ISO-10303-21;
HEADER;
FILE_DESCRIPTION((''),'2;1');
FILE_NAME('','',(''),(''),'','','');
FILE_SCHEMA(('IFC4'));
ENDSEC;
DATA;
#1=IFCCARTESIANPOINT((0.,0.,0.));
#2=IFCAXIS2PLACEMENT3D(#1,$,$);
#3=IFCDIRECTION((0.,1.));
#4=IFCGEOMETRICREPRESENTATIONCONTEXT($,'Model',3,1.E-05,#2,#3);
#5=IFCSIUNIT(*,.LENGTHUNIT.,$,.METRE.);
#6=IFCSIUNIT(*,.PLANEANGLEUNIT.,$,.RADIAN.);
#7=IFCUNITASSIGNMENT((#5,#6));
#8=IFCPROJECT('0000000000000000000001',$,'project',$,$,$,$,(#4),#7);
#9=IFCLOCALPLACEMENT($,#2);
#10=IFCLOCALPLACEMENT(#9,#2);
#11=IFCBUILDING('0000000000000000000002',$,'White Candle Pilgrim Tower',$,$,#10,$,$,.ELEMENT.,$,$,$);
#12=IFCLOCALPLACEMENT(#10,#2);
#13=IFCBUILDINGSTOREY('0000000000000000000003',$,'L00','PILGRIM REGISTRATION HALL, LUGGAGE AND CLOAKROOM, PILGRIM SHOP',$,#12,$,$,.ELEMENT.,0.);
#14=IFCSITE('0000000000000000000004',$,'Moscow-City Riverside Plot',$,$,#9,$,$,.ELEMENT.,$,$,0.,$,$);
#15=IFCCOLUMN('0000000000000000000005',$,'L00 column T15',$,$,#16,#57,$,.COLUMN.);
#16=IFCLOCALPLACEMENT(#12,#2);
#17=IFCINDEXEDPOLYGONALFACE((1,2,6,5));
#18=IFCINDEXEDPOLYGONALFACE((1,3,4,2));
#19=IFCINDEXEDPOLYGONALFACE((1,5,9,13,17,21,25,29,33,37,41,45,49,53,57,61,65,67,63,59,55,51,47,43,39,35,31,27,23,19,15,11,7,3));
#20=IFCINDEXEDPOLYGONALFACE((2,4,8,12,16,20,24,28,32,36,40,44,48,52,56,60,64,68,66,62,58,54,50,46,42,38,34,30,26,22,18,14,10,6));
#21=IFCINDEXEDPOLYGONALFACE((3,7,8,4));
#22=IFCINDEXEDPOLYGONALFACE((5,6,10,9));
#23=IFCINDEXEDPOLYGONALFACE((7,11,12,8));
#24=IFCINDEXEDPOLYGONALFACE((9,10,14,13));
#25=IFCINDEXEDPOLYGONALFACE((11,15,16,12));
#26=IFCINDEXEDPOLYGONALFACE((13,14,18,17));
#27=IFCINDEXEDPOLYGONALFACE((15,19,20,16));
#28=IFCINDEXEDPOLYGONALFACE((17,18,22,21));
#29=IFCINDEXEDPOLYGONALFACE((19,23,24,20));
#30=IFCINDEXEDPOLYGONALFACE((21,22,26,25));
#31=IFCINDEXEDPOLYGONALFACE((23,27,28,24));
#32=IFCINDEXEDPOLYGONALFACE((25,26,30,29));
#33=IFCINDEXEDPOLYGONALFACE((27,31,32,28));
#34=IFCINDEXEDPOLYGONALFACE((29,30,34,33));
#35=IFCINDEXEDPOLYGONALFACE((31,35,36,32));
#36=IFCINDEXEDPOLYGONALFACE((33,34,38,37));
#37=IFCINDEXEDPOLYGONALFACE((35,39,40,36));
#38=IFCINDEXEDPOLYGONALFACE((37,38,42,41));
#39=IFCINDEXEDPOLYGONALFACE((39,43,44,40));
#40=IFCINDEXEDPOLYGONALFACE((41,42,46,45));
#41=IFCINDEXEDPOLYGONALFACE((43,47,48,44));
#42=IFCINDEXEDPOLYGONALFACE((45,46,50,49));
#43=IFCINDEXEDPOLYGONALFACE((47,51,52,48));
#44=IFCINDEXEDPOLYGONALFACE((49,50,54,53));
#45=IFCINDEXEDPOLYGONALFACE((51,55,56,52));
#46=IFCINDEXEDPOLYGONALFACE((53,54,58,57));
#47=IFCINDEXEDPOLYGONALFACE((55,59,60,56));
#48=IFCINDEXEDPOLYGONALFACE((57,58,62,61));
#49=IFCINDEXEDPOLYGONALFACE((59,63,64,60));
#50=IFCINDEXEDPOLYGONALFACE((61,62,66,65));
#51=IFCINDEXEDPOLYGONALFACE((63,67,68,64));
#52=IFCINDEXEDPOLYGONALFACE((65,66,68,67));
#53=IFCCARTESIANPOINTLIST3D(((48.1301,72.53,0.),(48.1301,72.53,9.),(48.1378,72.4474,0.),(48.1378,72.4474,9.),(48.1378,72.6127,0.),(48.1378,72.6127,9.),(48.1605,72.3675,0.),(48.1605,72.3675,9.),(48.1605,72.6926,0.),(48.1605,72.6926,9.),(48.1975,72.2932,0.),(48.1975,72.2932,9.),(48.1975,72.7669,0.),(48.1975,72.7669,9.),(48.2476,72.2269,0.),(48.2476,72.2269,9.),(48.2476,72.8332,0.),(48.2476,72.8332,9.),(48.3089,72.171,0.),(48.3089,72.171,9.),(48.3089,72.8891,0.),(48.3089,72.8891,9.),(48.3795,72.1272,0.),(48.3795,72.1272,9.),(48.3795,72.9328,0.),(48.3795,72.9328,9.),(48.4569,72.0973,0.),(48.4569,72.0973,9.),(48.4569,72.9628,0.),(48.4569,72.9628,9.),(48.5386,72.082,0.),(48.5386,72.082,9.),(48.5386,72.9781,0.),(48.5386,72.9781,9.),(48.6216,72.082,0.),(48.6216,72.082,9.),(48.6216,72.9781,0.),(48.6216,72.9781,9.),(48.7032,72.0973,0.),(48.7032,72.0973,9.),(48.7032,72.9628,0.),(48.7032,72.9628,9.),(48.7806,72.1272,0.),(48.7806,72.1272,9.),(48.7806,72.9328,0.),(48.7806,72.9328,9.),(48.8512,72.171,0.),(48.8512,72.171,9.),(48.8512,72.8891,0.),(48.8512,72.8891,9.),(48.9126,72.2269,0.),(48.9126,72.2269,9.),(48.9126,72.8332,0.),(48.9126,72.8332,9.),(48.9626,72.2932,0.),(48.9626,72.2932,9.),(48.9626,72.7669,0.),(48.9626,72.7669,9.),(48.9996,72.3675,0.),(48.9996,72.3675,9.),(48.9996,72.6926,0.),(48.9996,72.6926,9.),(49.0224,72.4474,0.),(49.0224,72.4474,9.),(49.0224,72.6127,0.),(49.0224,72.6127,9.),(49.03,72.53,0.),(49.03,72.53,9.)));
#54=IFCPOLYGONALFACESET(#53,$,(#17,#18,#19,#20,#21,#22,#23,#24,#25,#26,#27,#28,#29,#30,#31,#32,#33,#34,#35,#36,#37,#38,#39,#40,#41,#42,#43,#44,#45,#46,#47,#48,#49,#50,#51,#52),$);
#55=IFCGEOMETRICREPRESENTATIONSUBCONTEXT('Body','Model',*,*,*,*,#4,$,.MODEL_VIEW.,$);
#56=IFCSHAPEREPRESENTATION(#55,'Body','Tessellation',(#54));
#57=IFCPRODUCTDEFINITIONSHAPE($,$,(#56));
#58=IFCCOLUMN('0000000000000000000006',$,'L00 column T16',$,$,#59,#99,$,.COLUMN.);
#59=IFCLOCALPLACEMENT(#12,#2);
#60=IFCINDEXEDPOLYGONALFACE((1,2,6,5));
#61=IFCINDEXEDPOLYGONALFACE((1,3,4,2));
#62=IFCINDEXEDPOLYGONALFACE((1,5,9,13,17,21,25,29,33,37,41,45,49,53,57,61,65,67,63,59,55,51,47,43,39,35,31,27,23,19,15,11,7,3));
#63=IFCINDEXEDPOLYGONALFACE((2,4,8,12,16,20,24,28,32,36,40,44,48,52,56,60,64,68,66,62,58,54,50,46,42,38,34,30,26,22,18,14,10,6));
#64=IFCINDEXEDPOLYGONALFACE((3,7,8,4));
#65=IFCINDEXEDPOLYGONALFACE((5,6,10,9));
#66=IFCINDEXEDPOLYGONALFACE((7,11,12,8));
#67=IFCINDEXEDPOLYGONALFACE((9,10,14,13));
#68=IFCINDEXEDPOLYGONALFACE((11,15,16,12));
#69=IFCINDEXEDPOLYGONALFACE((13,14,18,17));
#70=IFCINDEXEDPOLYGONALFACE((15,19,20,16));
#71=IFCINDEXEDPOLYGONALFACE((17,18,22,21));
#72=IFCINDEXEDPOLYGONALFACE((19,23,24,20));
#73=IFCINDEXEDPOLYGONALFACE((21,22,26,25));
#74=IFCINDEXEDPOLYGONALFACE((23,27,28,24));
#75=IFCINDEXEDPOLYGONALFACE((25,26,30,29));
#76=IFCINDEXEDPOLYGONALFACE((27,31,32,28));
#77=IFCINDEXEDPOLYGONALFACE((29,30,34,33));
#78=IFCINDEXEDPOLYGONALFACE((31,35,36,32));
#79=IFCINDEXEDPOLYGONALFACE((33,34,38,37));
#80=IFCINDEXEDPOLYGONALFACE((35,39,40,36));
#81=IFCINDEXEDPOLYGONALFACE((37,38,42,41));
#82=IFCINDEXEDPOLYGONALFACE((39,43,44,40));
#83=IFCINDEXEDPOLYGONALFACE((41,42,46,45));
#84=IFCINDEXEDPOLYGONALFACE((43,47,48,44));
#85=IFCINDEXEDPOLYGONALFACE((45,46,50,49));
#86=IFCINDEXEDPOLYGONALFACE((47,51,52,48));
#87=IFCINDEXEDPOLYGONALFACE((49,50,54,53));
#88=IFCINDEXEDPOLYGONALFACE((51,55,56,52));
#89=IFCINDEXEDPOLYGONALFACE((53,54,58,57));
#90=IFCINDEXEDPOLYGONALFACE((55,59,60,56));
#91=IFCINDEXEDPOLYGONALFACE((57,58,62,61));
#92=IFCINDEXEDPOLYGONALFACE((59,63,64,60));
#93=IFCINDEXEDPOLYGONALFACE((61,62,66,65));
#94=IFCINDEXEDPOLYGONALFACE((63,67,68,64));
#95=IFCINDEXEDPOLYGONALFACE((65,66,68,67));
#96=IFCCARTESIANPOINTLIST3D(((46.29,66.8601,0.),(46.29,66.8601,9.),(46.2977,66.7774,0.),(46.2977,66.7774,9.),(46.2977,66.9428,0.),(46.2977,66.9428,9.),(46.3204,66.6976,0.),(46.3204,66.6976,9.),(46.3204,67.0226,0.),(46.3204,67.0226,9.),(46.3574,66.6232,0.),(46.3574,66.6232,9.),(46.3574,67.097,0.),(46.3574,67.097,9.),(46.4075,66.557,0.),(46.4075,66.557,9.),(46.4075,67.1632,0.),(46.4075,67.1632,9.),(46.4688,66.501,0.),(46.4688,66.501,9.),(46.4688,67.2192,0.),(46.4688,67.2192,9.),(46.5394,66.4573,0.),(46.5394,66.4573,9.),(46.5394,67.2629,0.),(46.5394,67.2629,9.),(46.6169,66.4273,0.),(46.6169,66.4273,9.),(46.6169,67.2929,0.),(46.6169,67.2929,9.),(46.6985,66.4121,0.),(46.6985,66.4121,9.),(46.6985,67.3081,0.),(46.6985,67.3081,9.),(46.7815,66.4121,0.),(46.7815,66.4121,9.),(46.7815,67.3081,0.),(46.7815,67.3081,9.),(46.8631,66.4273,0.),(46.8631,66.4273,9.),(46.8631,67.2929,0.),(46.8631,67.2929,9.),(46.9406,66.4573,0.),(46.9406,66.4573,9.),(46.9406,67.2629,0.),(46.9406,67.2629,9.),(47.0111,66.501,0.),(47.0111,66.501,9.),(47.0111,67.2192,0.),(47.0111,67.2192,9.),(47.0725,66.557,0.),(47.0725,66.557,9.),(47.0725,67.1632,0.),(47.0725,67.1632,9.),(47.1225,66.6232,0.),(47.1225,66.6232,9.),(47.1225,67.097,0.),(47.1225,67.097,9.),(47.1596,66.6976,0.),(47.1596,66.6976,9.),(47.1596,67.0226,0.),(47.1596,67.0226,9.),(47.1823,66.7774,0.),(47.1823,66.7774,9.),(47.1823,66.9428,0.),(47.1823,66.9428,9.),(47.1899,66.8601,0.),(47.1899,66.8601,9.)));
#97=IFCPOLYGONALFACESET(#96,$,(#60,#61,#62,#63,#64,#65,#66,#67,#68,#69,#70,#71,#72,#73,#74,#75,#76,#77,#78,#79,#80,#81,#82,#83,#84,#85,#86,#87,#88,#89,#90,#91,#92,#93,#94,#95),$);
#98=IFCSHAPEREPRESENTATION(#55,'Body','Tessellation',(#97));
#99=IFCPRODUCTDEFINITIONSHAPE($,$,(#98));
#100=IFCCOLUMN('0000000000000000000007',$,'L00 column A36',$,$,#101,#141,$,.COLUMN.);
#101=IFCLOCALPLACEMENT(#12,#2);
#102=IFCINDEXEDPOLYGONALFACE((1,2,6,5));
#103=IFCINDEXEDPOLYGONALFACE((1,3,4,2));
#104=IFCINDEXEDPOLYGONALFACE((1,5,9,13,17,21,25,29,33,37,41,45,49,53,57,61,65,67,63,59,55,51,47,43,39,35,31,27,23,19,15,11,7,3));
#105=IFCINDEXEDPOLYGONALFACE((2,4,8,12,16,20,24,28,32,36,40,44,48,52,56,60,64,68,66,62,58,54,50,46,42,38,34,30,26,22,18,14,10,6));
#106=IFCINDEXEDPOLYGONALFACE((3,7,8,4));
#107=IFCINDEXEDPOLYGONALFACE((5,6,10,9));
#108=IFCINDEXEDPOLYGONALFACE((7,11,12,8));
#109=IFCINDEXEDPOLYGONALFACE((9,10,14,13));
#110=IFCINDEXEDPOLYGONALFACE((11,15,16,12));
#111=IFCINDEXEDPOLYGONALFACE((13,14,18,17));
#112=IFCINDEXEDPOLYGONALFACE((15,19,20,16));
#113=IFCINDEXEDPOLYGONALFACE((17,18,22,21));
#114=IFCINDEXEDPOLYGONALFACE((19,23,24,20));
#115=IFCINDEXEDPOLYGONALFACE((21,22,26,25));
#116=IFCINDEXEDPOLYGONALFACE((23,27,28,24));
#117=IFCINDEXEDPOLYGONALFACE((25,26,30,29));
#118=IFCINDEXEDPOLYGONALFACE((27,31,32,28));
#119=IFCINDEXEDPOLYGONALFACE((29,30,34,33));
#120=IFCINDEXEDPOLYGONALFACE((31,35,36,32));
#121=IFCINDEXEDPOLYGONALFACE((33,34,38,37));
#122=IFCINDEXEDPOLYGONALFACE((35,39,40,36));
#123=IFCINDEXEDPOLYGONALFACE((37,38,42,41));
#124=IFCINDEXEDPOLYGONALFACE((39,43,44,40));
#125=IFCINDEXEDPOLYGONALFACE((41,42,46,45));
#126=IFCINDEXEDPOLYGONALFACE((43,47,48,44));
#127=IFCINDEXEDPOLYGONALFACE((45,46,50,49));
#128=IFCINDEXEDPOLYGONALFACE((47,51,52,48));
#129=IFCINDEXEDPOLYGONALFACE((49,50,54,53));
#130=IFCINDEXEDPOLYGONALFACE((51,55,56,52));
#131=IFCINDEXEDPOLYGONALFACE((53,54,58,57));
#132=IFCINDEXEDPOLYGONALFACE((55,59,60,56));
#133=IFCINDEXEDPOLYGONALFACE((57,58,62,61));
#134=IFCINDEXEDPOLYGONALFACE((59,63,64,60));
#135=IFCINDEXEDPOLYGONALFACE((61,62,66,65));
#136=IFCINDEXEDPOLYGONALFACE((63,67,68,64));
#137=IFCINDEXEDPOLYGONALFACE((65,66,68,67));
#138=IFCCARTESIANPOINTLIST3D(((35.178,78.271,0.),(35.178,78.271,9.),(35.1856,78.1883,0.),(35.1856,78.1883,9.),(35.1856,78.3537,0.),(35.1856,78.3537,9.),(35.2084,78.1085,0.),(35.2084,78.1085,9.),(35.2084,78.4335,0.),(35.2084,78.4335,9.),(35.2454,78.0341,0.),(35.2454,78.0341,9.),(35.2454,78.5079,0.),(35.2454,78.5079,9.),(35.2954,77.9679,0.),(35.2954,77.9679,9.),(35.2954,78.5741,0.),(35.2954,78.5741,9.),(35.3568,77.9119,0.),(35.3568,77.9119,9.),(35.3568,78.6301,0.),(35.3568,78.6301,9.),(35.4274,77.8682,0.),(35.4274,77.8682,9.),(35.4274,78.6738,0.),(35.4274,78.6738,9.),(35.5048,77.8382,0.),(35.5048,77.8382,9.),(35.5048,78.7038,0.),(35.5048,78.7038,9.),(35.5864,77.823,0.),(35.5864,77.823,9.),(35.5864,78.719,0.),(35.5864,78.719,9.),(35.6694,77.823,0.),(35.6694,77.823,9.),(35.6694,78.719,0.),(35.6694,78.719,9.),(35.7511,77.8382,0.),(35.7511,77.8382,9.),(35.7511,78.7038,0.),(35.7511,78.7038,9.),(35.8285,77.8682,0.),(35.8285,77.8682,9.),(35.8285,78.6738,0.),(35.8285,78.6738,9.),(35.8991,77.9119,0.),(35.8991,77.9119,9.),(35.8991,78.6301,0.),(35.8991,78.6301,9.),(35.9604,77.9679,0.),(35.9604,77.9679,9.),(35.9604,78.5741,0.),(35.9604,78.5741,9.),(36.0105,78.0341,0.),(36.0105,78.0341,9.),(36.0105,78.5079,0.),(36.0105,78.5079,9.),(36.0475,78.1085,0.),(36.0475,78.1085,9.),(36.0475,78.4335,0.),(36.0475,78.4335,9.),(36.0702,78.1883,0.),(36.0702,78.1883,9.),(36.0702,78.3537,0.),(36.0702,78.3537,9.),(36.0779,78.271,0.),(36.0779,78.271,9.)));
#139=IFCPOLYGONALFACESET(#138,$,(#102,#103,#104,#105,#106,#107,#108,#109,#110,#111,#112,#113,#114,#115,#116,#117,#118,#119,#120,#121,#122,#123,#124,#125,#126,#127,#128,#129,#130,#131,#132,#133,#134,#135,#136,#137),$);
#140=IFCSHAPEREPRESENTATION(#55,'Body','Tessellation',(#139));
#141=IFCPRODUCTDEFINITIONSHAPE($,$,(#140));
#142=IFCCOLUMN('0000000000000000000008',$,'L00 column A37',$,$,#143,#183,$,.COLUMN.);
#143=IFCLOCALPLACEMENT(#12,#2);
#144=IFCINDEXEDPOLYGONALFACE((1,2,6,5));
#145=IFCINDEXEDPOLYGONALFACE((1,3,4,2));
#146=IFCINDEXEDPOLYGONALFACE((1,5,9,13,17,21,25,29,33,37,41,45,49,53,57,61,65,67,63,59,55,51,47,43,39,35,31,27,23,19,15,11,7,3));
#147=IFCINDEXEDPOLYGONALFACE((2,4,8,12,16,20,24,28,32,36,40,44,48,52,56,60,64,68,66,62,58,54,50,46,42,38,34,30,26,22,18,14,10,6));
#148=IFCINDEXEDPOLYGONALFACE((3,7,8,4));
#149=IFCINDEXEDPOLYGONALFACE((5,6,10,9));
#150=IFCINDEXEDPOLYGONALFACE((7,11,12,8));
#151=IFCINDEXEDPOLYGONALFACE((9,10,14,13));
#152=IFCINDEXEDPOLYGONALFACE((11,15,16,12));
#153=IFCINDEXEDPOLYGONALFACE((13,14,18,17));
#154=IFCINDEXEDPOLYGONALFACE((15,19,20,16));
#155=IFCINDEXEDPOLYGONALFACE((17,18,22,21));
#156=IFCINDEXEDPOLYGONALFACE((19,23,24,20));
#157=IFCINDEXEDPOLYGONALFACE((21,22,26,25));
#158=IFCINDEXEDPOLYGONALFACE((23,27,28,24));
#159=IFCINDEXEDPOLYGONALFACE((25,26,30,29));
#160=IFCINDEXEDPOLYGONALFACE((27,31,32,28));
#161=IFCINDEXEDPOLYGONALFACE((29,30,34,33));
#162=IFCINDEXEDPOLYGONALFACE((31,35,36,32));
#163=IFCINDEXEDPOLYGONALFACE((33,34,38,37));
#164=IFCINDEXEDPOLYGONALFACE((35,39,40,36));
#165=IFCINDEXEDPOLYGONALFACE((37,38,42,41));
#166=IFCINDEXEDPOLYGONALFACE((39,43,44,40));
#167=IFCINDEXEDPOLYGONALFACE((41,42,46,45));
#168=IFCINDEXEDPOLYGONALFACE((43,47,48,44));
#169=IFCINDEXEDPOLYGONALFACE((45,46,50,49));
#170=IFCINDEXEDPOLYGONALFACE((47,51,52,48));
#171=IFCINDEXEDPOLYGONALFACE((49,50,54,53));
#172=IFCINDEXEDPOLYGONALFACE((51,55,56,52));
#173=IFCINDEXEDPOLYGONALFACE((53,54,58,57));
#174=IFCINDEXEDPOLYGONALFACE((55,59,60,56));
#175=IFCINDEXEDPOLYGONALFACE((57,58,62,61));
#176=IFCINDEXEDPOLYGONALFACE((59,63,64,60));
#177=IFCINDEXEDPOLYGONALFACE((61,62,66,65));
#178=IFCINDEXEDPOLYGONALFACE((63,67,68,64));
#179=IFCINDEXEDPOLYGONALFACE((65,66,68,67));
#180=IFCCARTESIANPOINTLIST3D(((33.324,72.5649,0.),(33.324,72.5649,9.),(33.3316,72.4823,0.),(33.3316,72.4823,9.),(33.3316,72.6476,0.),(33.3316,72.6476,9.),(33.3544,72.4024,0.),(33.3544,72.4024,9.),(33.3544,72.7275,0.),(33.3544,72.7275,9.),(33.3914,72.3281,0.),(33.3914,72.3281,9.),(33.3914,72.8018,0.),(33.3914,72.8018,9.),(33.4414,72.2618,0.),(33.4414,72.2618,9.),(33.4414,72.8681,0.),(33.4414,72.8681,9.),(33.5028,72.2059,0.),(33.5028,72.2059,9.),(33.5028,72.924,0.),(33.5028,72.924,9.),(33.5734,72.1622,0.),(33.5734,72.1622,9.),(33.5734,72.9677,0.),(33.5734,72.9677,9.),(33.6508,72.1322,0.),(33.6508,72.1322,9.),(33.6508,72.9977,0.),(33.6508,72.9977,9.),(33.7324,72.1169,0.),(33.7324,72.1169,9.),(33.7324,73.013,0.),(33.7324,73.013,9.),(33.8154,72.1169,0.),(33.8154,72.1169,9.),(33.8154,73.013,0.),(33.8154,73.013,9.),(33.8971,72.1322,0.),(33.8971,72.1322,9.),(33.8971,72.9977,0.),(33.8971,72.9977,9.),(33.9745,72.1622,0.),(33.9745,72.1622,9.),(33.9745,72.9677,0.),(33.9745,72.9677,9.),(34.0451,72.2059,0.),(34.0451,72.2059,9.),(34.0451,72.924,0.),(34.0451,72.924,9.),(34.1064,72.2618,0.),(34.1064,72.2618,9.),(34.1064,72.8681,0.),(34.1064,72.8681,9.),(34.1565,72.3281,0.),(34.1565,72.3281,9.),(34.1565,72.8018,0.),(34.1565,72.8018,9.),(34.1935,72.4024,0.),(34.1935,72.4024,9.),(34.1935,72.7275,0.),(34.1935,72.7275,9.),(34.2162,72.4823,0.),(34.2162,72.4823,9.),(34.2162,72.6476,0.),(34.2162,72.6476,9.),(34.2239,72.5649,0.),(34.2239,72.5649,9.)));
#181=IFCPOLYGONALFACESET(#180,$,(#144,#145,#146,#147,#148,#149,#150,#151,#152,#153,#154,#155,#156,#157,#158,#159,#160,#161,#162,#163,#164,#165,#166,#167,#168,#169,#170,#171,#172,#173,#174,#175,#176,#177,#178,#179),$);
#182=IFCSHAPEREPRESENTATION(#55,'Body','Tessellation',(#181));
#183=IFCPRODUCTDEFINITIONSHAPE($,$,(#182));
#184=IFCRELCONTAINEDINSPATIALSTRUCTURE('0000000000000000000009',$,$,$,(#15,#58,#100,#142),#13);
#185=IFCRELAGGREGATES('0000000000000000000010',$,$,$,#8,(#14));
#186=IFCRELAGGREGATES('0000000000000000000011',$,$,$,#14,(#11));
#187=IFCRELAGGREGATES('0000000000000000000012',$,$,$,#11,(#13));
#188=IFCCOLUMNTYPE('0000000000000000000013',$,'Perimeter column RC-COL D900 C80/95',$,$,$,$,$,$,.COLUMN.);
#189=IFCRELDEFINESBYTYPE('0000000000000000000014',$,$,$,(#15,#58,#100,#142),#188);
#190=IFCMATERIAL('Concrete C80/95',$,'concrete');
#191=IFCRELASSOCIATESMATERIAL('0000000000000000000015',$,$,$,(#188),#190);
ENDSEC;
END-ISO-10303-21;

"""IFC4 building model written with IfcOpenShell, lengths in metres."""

from ifc_helpers import new_model, si_unit, direction, frame, origin, origin_2d, place, context, subcontext, project, spatial, circle, extrude, material, material_profile, profile_set, type_object, element, save


model = new_model("IFC4")

# Units and contexts
model_context = context("Model", 3, precision=1e-05, world=origin(), true_north=direction((0.0, 1.0)))
body_context = subcontext(model_context, "Body", "Model", "MODEL_VIEW")
ifc_project = project(units=[si_unit("LENGTHUNIT", "METRE"), si_unit("PLANEANGLEUNIT", "RADIAN")], contexts=[model_context])

# Site, building, storey
site_placement = place(None, origin())
site = spatial("IfcSite", under=ifc_project, at=site_placement, Name="Moscow-City Riverside Plot", CompositionType="ELEMENT", RefElevation=0.0)
building_placement = place(site_placement, origin())
building = spatial("IfcBuilding", under=site, at=building_placement, Name="White Candle Pilgrim Tower", CompositionType="ELEMENT")
storey_placement = place(building_placement, origin())
storey = spatial("IfcBuildingStorey", under=building, at=storey_placement, Name="L00", Description="PILGRIM REGISTRATION HALL, LUGGAGE AND CLOAKROOM, PILGRIM SHOP", CompositionType="ELEMENT", Elevation=0.0)

# Columns
ifc_material_1 = material(Name="Concrete C80/95", Category="concrete")
ifc_material_profile_1 = material_profile(ifc_material_1, circle(Radius=0.45, at=origin_2d()), Name="RC-COL D900")
ifc_profile_set_1 = profile_set([ifc_material_profile_1], Name="Concrete C80/95")
column_type = type_object("IfcColumnType", Name="Perimeter column RC-COL D900 C80/95", PredefinedType="COLUMN", material=ifc_profile_set_1)
for number, where, z_axis, x_axis, name in (
    (1, (48.5801, 72.53, 0.0), (0.0, 0.0, 1.0), (1.0, 0.0, 0.0), "L00 column T15"),
    (2, (46.74, 66.8601, 0.0), (0.0, 0.0, 1.0), (1.0, 0.0, 0.0), "L00 column T16"),
    (3, (35.6279, 78.271, 0.0), (0.0, 0.0, 1.0), (1.0, 0.0, 0.0), "L00 column A36"),
    (4, (33.7739, 72.5649, 0.0), (0.0, 0.0, 1.0), (1.0, 0.0, 0.0), "L00 column A37"),
):
    element("IfcColumn", number, at=place(storey_placement, frame(where, z_axis=z_axis, x_axis=x_axis)), inside=storey, type_object=column_type, Name=name, PredefinedType="COLUMN", context=body_context, shape_type="SweptSolid", body=[
        extrude(circle(Radius=0.45, at=origin_2d()), origin(), (0.0, 0.0, 1.0), 9.0),
    ])

save(model, "model.ifc")
